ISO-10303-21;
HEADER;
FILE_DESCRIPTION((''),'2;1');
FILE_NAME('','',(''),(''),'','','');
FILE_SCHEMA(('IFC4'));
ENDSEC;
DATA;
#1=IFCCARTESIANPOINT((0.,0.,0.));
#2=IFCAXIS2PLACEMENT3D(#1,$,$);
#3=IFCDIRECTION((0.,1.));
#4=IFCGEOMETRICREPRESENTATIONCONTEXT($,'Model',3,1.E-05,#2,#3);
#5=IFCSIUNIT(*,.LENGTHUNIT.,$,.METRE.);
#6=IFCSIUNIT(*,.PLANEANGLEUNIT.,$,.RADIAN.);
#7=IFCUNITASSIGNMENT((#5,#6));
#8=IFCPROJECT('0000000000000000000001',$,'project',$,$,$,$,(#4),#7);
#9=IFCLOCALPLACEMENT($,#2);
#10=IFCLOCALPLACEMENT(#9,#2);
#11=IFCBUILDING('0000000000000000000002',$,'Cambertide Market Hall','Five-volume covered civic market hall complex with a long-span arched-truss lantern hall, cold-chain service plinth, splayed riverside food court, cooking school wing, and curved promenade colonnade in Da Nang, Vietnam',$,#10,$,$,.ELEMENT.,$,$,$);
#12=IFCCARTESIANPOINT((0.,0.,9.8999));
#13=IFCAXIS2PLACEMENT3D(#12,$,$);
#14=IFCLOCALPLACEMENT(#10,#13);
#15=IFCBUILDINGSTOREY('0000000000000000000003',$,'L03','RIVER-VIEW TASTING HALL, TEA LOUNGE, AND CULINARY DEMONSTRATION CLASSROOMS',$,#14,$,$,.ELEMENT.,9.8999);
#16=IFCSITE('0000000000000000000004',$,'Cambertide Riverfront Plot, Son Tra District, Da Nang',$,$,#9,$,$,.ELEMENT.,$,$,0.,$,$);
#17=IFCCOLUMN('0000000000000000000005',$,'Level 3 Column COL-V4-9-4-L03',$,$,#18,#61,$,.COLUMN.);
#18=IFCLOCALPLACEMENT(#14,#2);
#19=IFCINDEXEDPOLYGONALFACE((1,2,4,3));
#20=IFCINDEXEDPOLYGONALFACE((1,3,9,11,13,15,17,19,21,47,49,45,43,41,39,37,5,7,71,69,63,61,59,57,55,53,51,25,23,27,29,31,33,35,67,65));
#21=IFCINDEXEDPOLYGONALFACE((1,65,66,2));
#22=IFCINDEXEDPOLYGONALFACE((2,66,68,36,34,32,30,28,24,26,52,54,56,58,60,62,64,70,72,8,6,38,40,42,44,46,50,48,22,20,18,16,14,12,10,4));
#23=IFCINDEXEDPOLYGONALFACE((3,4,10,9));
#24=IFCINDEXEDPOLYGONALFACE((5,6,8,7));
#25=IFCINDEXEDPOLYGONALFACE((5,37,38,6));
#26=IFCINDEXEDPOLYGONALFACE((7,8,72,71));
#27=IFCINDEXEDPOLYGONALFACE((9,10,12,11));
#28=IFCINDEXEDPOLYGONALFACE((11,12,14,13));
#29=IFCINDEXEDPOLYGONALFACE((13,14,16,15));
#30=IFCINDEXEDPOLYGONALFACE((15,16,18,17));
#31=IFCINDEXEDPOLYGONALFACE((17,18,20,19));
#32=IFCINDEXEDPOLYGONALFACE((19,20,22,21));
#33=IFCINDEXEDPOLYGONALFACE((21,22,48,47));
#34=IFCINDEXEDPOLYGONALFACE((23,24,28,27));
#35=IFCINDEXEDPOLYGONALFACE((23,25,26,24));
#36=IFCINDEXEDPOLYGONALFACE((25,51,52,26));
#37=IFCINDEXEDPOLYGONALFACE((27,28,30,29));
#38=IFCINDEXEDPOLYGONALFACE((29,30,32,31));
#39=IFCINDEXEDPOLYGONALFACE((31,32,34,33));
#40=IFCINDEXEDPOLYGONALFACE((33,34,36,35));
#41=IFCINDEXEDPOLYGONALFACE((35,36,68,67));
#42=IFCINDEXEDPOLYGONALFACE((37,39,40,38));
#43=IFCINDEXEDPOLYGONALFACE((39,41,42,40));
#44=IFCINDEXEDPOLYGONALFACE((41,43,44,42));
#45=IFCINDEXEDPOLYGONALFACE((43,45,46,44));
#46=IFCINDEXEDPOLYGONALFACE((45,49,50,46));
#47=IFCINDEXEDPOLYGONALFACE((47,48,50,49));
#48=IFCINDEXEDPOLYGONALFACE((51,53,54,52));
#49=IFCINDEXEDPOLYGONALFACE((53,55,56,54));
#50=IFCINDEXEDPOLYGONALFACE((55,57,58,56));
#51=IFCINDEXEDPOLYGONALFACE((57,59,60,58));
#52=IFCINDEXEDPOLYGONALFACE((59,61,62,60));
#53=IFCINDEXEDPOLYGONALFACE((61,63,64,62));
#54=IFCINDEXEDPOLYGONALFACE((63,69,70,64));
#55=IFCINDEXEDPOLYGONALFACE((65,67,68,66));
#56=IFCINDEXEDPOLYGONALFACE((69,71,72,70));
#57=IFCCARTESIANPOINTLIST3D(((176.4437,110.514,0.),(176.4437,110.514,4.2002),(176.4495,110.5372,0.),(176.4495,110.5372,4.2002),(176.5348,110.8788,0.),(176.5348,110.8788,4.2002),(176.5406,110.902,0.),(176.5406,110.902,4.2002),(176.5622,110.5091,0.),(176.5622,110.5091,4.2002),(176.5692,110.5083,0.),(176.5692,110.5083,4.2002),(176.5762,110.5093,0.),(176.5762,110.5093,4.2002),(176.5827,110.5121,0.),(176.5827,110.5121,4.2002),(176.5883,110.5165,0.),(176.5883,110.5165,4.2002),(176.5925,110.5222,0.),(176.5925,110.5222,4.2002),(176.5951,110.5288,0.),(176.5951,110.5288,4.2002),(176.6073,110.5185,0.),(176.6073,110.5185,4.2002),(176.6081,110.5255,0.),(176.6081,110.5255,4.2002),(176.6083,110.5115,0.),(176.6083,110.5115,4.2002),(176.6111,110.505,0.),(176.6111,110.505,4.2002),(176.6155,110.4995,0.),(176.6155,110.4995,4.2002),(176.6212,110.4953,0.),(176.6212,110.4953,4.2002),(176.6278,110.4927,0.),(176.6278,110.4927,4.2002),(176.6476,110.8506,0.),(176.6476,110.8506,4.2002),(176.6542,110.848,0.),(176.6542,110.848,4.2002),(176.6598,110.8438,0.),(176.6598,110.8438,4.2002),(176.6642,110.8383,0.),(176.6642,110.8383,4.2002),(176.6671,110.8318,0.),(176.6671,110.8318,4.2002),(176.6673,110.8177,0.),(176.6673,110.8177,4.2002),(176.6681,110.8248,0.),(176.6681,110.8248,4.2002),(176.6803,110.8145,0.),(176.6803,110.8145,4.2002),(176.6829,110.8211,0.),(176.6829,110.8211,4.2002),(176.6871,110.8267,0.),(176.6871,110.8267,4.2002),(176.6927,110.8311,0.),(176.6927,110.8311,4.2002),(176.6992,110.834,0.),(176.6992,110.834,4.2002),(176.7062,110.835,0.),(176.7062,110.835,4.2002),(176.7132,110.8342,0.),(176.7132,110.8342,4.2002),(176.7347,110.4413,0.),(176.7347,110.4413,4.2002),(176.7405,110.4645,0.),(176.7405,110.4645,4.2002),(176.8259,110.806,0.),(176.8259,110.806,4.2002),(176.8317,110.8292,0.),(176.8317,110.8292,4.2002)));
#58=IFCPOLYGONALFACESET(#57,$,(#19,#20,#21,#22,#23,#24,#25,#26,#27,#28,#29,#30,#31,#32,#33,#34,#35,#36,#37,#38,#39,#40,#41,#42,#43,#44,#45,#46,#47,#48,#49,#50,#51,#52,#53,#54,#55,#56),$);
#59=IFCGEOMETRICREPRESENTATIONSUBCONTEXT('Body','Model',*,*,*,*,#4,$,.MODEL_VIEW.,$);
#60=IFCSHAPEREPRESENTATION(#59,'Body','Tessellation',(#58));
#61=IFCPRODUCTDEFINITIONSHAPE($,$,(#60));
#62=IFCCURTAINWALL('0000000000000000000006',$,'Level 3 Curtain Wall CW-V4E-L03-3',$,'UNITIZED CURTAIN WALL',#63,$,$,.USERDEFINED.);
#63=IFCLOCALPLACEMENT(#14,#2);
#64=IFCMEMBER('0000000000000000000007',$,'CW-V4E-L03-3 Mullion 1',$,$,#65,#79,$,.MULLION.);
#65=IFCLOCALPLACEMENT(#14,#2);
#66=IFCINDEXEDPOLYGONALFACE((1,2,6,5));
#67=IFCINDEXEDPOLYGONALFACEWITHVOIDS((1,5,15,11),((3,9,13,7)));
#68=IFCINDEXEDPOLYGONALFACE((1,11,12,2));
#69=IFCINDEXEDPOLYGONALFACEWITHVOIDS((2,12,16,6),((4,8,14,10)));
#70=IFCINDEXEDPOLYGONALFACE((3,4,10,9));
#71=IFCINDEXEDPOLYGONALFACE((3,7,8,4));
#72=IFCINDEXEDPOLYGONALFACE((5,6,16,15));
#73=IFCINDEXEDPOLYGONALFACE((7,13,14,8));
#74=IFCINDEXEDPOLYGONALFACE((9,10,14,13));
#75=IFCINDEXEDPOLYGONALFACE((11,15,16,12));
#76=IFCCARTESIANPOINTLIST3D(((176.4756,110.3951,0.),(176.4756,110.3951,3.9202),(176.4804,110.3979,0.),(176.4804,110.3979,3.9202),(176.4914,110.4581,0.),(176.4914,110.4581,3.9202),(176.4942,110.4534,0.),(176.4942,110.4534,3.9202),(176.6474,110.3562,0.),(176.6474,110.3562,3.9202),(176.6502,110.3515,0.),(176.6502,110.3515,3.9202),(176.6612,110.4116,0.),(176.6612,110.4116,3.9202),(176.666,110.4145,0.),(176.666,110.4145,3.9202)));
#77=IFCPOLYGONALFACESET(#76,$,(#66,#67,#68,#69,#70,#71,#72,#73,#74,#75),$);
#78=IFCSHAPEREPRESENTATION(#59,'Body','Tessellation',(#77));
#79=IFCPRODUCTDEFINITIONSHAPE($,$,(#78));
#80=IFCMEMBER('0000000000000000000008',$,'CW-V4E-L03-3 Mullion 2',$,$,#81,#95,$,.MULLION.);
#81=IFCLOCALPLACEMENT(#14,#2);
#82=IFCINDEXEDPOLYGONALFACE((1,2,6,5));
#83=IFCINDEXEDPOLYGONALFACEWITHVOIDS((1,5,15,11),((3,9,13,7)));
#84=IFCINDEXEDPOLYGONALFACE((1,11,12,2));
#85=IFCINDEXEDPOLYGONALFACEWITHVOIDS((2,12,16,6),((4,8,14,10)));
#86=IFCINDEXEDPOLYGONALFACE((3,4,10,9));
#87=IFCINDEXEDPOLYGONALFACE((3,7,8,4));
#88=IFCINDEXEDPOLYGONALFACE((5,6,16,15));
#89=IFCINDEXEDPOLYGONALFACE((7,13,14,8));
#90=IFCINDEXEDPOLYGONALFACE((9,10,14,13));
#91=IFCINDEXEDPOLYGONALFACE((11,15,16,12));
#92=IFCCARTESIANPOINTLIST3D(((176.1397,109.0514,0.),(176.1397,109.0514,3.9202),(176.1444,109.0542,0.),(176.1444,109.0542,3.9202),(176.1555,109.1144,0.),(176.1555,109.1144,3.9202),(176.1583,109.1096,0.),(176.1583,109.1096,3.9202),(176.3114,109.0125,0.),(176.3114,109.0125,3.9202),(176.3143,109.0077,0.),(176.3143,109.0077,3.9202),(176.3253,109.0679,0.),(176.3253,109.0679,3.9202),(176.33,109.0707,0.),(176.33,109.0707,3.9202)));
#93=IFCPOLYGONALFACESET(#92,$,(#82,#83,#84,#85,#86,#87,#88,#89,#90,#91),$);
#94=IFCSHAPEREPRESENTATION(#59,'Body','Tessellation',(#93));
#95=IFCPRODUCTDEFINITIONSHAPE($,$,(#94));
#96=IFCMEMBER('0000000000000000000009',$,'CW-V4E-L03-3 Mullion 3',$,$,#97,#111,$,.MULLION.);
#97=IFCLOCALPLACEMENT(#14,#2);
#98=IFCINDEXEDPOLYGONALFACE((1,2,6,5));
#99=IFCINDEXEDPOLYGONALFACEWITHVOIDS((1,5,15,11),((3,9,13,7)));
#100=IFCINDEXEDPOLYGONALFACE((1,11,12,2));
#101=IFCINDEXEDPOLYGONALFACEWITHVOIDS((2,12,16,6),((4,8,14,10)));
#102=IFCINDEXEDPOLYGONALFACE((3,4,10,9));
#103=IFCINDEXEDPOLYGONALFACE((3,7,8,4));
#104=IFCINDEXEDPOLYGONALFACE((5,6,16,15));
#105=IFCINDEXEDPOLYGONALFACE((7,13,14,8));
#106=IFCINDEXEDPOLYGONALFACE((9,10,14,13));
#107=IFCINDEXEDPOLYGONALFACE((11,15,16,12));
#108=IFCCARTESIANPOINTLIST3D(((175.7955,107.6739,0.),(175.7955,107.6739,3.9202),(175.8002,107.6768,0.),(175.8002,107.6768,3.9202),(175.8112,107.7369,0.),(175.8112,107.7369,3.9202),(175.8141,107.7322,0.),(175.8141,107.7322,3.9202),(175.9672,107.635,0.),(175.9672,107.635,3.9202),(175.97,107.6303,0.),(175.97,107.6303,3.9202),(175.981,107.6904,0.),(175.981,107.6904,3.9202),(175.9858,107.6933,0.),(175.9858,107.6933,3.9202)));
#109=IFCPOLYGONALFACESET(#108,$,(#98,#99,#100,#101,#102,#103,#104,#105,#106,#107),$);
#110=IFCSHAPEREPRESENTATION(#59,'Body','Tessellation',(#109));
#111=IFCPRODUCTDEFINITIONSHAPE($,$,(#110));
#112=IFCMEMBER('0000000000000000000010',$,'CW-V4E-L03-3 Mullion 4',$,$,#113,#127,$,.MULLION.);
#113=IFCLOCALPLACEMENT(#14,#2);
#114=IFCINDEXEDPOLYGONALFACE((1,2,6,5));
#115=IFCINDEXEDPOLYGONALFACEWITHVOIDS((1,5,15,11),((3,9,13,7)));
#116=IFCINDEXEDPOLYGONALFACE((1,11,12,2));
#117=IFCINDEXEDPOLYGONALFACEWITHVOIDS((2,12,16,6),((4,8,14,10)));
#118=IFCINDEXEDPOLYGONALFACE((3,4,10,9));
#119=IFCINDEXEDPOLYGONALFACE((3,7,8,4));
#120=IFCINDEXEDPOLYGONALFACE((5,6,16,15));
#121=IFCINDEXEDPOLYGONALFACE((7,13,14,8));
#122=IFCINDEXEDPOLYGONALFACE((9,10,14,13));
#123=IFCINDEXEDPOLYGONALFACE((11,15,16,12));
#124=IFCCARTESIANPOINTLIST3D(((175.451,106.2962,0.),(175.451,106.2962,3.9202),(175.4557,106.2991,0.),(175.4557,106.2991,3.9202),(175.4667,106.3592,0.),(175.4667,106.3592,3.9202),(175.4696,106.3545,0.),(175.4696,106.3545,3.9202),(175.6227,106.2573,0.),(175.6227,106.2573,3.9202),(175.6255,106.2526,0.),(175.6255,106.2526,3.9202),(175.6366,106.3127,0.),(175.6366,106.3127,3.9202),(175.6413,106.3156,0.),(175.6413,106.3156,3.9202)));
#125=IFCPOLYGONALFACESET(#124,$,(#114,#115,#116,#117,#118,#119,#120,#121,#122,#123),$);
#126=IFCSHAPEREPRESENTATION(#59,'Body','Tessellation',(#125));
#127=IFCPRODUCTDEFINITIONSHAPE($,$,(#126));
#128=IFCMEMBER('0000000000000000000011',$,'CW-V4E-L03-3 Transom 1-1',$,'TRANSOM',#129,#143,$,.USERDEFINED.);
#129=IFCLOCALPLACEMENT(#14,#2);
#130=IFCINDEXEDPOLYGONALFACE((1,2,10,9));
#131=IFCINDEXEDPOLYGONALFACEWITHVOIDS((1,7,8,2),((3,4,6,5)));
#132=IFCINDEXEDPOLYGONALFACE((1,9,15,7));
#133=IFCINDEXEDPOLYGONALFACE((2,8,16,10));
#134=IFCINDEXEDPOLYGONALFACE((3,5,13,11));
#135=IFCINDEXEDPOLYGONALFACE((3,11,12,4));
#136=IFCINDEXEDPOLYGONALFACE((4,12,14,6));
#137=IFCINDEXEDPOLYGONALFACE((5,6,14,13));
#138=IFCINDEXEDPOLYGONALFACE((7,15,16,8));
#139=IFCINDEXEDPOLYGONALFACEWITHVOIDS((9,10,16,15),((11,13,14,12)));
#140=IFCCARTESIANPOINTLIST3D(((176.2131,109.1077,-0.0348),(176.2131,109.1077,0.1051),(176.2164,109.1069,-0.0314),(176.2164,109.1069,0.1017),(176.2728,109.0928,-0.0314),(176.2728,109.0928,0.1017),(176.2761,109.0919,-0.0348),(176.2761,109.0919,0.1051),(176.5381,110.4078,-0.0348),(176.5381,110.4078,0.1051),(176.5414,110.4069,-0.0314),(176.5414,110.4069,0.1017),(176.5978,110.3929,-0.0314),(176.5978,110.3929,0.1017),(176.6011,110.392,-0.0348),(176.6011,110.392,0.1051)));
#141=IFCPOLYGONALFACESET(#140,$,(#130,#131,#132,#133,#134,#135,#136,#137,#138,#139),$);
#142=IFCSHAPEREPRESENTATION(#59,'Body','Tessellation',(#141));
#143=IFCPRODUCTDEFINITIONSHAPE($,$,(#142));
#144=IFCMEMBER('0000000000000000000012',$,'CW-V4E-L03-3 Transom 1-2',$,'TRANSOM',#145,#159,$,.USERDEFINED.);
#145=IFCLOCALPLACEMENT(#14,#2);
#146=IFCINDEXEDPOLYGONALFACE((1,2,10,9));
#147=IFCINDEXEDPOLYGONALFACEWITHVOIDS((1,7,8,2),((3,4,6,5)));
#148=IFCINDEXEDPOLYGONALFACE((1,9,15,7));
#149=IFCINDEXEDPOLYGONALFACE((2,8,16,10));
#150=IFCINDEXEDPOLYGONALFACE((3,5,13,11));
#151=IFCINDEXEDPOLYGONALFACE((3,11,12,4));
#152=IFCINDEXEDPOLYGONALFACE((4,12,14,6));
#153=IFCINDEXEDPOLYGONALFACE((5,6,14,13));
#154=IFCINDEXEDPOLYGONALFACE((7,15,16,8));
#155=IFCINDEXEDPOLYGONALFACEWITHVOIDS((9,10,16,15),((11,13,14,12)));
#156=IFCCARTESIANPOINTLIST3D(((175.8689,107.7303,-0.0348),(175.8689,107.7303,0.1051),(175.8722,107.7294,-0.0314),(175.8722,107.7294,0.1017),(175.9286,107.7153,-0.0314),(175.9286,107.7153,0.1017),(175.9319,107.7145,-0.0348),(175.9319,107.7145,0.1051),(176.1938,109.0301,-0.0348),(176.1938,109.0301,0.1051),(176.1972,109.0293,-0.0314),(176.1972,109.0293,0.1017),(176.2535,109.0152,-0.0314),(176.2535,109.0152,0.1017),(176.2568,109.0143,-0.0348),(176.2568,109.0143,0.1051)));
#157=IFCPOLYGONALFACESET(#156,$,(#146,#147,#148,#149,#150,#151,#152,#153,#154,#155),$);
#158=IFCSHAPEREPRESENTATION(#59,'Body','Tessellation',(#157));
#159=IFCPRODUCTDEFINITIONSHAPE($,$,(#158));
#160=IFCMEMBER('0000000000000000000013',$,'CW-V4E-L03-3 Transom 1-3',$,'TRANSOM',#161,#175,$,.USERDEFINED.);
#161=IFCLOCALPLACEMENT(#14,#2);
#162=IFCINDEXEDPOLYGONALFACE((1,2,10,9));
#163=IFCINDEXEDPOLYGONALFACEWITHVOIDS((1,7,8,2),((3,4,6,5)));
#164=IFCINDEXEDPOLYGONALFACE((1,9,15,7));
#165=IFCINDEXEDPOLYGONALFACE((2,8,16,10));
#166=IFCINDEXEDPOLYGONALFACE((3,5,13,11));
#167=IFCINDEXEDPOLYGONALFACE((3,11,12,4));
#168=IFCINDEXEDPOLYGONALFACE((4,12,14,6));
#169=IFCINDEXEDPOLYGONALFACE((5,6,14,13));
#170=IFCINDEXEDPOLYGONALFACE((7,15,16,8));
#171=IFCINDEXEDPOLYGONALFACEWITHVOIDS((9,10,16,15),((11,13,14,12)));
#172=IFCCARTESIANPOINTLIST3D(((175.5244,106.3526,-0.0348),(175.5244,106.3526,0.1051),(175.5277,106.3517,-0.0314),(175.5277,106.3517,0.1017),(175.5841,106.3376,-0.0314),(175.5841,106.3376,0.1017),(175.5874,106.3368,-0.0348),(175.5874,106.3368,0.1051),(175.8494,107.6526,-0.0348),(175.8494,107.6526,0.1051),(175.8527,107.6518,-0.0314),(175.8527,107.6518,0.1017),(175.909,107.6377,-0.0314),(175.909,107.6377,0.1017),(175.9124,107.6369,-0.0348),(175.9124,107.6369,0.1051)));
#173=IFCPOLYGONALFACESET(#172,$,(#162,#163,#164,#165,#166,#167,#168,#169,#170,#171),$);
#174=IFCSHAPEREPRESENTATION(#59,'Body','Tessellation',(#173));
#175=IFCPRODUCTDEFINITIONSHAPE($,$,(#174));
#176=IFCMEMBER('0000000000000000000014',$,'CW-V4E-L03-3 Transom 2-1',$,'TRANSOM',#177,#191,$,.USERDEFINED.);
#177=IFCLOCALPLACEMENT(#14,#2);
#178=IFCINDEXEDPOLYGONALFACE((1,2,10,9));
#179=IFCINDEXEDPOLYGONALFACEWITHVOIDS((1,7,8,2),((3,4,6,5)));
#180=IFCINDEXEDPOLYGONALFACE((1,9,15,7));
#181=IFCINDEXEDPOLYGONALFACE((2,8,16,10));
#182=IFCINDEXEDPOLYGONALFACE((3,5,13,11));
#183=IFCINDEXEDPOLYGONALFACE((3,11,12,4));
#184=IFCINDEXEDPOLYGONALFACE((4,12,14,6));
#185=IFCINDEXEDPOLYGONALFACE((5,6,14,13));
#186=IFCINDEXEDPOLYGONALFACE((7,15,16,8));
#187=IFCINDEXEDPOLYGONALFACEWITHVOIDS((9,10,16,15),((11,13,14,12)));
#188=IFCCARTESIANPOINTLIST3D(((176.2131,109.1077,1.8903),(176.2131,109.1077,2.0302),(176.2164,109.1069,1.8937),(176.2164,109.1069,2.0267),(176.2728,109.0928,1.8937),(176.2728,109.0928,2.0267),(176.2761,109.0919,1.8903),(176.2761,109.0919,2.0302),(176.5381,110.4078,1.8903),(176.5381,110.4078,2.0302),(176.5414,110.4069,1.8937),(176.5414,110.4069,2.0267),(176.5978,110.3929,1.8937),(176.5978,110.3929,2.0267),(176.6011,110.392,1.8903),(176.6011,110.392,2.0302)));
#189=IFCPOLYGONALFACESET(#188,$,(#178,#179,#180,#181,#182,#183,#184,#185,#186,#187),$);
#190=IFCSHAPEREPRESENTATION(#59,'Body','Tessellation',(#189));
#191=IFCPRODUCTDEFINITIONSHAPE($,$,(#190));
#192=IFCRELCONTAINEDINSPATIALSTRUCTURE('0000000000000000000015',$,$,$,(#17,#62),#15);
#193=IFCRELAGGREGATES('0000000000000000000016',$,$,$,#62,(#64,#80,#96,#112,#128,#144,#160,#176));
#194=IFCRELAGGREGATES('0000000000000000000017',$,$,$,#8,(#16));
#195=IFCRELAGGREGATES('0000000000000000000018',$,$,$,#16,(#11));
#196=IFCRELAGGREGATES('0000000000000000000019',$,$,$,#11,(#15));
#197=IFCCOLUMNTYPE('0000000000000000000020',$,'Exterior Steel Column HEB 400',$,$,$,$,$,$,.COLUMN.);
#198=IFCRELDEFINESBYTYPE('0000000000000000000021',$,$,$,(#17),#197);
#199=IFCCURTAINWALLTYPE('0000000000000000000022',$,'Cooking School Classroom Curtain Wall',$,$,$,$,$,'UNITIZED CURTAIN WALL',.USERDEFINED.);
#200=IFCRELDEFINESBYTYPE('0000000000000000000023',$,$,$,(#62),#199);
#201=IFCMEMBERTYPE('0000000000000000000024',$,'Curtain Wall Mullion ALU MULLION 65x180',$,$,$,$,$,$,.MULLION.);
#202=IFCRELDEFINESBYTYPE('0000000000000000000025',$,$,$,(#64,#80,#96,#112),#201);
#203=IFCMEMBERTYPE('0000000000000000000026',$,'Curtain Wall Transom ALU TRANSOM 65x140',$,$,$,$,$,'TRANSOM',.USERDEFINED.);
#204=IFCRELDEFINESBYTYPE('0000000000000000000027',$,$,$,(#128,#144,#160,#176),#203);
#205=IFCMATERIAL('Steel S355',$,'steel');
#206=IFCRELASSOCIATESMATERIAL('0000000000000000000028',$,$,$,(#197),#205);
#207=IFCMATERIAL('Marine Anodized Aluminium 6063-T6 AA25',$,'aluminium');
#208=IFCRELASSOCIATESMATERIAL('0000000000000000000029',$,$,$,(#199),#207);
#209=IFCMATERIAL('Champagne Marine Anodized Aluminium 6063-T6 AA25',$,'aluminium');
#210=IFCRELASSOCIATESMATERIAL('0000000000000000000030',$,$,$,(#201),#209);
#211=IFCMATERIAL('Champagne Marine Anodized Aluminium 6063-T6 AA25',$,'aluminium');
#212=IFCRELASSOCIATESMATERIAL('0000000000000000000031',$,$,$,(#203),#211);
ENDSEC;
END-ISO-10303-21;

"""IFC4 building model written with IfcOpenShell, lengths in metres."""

from ifc_helpers import new_model, si_unit, direction, frame, origin, origin_2d, place, context, subcontext, project, spatial, hollow_rectangle, i_section, extrude, material, material_profile, profile_set, type_object, element, aggregate, save


model = new_model("IFC4")

# Units and contexts
model_context = context("Model", 3, precision=1e-05, world=origin(), true_north=direction((0.0, 1.0)))
body_context = subcontext(model_context, "Body", "Model", "MODEL_VIEW")
ifc_project = project(units=[si_unit("LENGTHUNIT", "METRE"), si_unit("PLANEANGLEUNIT", "RADIAN")], contexts=[model_context])

# Site, building, storey
site_placement = place(None, origin())
site = spatial("IfcSite", under=ifc_project, at=site_placement, Name="Cambertide Riverfront Plot, Son Tra District, Da Nang", CompositionType="ELEMENT", RefElevation=0.0)
building_placement = place(site_placement, origin())
building = spatial("IfcBuilding", under=site, at=building_placement, Name="Cambertide Market Hall", Description="Five-volume covered civic market hall complex with a long-span arched-truss lantern hall, cold-chain service plinth, splayed riverside food court, cooking school wing, and curved promenade colonnade in Da Nang, Vietnam", CompositionType="ELEMENT")
storey_placement = place(building_placement, frame((0.0, 0.0, 9.8999)))
storey = spatial("IfcBuildingStorey", under=building, at=storey_placement, Name="L03", Description="RIVER-VIEW TASTING HALL, TEA LOUNGE, AND CULINARY DEMONSTRATION CLASSROOMS", CompositionType="ELEMENT", Elevation=9.8999)

# Column
ifc_material_1 = material(Name="Steel S355", Category="steel")
ifc_material_profile_1 = material_profile(ifc_material_1, i_section(OverallWidth=0.3, OverallDepth=0.3999, WebThickness=0.0134, FlangeThickness=0.0239, FilletRadius=0.0271, at=origin_2d()), Name="HEB 400")
ifc_profile_set_1 = profile_set([ifc_material_profile_1], Name="Steel S355")
column_type = type_object("IfcColumnType", Name="Exterior Steel Column HEB 400", PredefinedType="COLUMN", material=ifc_profile_set_1)
column_placement = place(storey_placement, frame((176.6377, 110.6716, 0.0), z_axis=(0.0, 0.0, 1.0), x_axis=(0.970143, -0.242536, 0.0)))
element("IfcColumn", 1, at=column_placement, inside=storey, type_object=column_type, Name="Level 3 Column COL-V4-9-4-L03", PredefinedType="COLUMN", context=body_context, shape_type="SweptSolid", body=[
    extrude(i_section(OverallWidth=0.3, OverallDepth=0.3999, WebThickness=0.0134, FlangeThickness=0.0239, FilletRadius=0.0271, at=origin_2d()), origin(), (0.0, 0.0, 1.0), 4.2002),
])

# Curtain wall, members
ifc_material_2 = material(Name="Marine Anodized Aluminium 6063-T6 AA25", Category="aluminium")
curtain_wall_type = type_object("IfcCurtainWallType", Name="Cooking School Classroom Curtain Wall", ElementType="UNITIZED CURTAIN WALL", PredefinedType="USERDEFINED", material=ifc_material_2)
curtain_wall_placement = place(storey_placement, origin())
curtain_wall = element("IfcCurtainWall", 2, at=curtain_wall_placement, inside=storey, type_object=curtain_wall_type, Name="Level 3 Curtain Wall CW-V4E-L03-3", ObjectType="UNITIZED CURTAIN WALL", PredefinedType="USERDEFINED")
ifc_material_3 = material(Name="Champagne Marine Anodized Aluminium 6063-T6 AA25", Category="aluminium")
ifc_material_profile_2 = material_profile(ifc_material_3, hollow_rectangle(XDim=0.0649, YDim=0.1799, WallThickness=0.0039, at=origin_2d()), Name="ALU MULLION 65x180")
ifc_profile_set_2 = profile_set([ifc_material_profile_2], Name="Champagne Marine Anodized Aluminium 6063-T6 AA25")
member_type_1 = type_object("IfcMemberType", Name="Curtain Wall Mullion ALU MULLION 65x180", PredefinedType="MULLION", material=ifc_profile_set_2)
member_1_placement = place(storey_placement, frame((176.5708, 110.4048, 0.0), z_axis=(0.0, 0.0, 1.0), x_axis=(-0.242536, -0.970143, 0.0)))
member_1 = element("IfcMember", 3, at=member_1_placement, type_object=member_type_1, Name="CW-V4E-L03-3 Mullion 1", PredefinedType="MULLION", context=body_context, shape_type="SweptSolid", body=[
    extrude(hollow_rectangle(XDim=0.0649, YDim=0.1799, WallThickness=0.0039, at=origin_2d()), origin(), (0.0, 0.0, 1.0), 3.9202),
])
member_2_placement = place(storey_placement, frame((176.2349, 109.061, 0.0), z_axis=(0.0, 0.0, 1.0), x_axis=(-0.242536, -0.970143, 0.0)))
member_2 = element("IfcMember", 4, at=member_2_placement, type_object=member_type_1, Name="CW-V4E-L03-3 Mullion 2", PredefinedType="MULLION", context=body_context, shape_type="SweptSolid", body=[
    extrude(hollow_rectangle(XDim=0.0649, YDim=0.1799, WallThickness=0.0039, at=origin_2d()), origin(), (0.0, 0.0, 1.0), 3.9202),
])
member_3_placement = place(storey_placement, frame((175.8906, 107.6836, 0.0), z_axis=(0.0, 0.0, 1.0), x_axis=(-0.242536, -0.970143, 0.0)))
member_3 = element("IfcMember", 5, at=member_3_placement, type_object=member_type_1, Name="CW-V4E-L03-3 Mullion 3", PredefinedType="MULLION", context=body_context, shape_type="SweptSolid", body=[
    extrude(hollow_rectangle(XDim=0.0649, YDim=0.1799, WallThickness=0.0039, at=origin_2d()), origin(), (0.0, 0.0, 1.0), 3.9202),
])
member_4_placement = place(storey_placement, frame((175.5461, 106.3059, 0.0), z_axis=(0.0, 0.0, 1.0), x_axis=(-0.242536, -0.970143, 0.0)))
member_4 = element("IfcMember", 6, at=member_4_placement, type_object=member_type_1, Name="CW-V4E-L03-3 Mullion 4", PredefinedType="MULLION", context=body_context, shape_type="SweptSolid", body=[
    extrude(hollow_rectangle(XDim=0.0649, YDim=0.1799, WallThickness=0.0039, at=origin_2d()), origin(), (0.0, 0.0, 1.0), 3.9202),
])
ifc_material_4 = material(Name="Champagne Marine Anodized Aluminium 6063-T6 AA25", Category="aluminium")
ifc_material_profile_3 = material_profile(ifc_material_4, hollow_rectangle(XDim=0.0649, YDim=0.1399, WallThickness=0.0034, at=origin_2d()), Name="ALU TRANSOM 65x140")
ifc_profile_set_3 = profile_set([ifc_material_profile_3], Name="Champagne Marine Anodized Aluminium 6063-T6 AA25")
member_type_2 = type_object("IfcMemberType", Name="Curtain Wall Transom ALU TRANSOM 65x140", ElementType="TRANSOM", PredefinedType="USERDEFINED", material=ifc_profile_set_3)
member_5_placement = place(storey_placement, frame((176.5696, 110.3999, 0.0352), z_axis=(-0.242493, -0.970153, 0.0), x_axis=(0.970153, -0.242493, 0.0)))
member_5 = element("IfcMember", 7, at=member_5_placement, type_object=member_type_2, Name="CW-V4E-L03-3 Transom 1-1", ObjectType="TRANSOM", PredefinedType="USERDEFINED", context=body_context, shape_type="SweptSolid", body=[
    extrude(hollow_rectangle(XDim=0.0649, YDim=0.1399, WallThickness=0.0034, at=origin_2d()), origin(), (0.0, 0.0, 1.0), 1.3401),
])
member_6_placement = place(storey_placement, frame((176.2253, 109.0222, 0.0352), z_axis=(-0.242536, -0.970143, 0.0), x_axis=(0.970143, -0.242536, 0.0)))
member_6 = element("IfcMember", 8, at=member_6_placement, type_object=member_type_2, Name="CW-V4E-L03-3 Transom 1-2", ObjectType="TRANSOM", PredefinedType="USERDEFINED", context=body_context, shape_type="SweptSolid", body=[
    extrude(hollow_rectangle(XDim=0.0649, YDim=0.1399, WallThickness=0.0034, at=origin_2d()), origin(), (0.0, 0.0, 1.0), 1.3398),
])
member_7_placement = place(storey_placement, frame((175.8809, 107.6448, 0.0352), z_axis=(-0.242493, -0.970153, 0.0), x_axis=(0.970153, -0.242493, 0.0)))
member_7 = element("IfcMember", 9, at=member_7_placement, type_object=member_type_2, Name="CW-V4E-L03-3 Transom 1-3", ObjectType="TRANSOM", PredefinedType="USERDEFINED", context=body_context, shape_type="SweptSolid", body=[
    extrude(hollow_rectangle(XDim=0.0649, YDim=0.1399, WallThickness=0.0034, at=origin_2d()), origin(), (0.0, 0.0, 1.0), 1.3401),
])
member_8_placement = place(storey_placement, frame((176.5696, 110.3999, 1.9602), z_axis=(-0.242493, -0.970153, 0.0), x_axis=(0.970153, -0.242493, 0.0)))
member_8 = element("IfcMember", 10, at=member_8_placement, type_object=member_type_2, Name="CW-V4E-L03-3 Transom 2-1", ObjectType="TRANSOM", PredefinedType="USERDEFINED", context=body_context, shape_type="SweptSolid", body=[
    extrude(hollow_rectangle(XDim=0.0649, YDim=0.1399, WallThickness=0.0034, at=origin_2d()), origin(), (0.0, 0.0, 1.0), 1.3401),
])
aggregate(curtain_wall, [member_1, member_2, member_3, member_4, member_5, member_6, member_7, member_8])

save(model, "model.ifc")
